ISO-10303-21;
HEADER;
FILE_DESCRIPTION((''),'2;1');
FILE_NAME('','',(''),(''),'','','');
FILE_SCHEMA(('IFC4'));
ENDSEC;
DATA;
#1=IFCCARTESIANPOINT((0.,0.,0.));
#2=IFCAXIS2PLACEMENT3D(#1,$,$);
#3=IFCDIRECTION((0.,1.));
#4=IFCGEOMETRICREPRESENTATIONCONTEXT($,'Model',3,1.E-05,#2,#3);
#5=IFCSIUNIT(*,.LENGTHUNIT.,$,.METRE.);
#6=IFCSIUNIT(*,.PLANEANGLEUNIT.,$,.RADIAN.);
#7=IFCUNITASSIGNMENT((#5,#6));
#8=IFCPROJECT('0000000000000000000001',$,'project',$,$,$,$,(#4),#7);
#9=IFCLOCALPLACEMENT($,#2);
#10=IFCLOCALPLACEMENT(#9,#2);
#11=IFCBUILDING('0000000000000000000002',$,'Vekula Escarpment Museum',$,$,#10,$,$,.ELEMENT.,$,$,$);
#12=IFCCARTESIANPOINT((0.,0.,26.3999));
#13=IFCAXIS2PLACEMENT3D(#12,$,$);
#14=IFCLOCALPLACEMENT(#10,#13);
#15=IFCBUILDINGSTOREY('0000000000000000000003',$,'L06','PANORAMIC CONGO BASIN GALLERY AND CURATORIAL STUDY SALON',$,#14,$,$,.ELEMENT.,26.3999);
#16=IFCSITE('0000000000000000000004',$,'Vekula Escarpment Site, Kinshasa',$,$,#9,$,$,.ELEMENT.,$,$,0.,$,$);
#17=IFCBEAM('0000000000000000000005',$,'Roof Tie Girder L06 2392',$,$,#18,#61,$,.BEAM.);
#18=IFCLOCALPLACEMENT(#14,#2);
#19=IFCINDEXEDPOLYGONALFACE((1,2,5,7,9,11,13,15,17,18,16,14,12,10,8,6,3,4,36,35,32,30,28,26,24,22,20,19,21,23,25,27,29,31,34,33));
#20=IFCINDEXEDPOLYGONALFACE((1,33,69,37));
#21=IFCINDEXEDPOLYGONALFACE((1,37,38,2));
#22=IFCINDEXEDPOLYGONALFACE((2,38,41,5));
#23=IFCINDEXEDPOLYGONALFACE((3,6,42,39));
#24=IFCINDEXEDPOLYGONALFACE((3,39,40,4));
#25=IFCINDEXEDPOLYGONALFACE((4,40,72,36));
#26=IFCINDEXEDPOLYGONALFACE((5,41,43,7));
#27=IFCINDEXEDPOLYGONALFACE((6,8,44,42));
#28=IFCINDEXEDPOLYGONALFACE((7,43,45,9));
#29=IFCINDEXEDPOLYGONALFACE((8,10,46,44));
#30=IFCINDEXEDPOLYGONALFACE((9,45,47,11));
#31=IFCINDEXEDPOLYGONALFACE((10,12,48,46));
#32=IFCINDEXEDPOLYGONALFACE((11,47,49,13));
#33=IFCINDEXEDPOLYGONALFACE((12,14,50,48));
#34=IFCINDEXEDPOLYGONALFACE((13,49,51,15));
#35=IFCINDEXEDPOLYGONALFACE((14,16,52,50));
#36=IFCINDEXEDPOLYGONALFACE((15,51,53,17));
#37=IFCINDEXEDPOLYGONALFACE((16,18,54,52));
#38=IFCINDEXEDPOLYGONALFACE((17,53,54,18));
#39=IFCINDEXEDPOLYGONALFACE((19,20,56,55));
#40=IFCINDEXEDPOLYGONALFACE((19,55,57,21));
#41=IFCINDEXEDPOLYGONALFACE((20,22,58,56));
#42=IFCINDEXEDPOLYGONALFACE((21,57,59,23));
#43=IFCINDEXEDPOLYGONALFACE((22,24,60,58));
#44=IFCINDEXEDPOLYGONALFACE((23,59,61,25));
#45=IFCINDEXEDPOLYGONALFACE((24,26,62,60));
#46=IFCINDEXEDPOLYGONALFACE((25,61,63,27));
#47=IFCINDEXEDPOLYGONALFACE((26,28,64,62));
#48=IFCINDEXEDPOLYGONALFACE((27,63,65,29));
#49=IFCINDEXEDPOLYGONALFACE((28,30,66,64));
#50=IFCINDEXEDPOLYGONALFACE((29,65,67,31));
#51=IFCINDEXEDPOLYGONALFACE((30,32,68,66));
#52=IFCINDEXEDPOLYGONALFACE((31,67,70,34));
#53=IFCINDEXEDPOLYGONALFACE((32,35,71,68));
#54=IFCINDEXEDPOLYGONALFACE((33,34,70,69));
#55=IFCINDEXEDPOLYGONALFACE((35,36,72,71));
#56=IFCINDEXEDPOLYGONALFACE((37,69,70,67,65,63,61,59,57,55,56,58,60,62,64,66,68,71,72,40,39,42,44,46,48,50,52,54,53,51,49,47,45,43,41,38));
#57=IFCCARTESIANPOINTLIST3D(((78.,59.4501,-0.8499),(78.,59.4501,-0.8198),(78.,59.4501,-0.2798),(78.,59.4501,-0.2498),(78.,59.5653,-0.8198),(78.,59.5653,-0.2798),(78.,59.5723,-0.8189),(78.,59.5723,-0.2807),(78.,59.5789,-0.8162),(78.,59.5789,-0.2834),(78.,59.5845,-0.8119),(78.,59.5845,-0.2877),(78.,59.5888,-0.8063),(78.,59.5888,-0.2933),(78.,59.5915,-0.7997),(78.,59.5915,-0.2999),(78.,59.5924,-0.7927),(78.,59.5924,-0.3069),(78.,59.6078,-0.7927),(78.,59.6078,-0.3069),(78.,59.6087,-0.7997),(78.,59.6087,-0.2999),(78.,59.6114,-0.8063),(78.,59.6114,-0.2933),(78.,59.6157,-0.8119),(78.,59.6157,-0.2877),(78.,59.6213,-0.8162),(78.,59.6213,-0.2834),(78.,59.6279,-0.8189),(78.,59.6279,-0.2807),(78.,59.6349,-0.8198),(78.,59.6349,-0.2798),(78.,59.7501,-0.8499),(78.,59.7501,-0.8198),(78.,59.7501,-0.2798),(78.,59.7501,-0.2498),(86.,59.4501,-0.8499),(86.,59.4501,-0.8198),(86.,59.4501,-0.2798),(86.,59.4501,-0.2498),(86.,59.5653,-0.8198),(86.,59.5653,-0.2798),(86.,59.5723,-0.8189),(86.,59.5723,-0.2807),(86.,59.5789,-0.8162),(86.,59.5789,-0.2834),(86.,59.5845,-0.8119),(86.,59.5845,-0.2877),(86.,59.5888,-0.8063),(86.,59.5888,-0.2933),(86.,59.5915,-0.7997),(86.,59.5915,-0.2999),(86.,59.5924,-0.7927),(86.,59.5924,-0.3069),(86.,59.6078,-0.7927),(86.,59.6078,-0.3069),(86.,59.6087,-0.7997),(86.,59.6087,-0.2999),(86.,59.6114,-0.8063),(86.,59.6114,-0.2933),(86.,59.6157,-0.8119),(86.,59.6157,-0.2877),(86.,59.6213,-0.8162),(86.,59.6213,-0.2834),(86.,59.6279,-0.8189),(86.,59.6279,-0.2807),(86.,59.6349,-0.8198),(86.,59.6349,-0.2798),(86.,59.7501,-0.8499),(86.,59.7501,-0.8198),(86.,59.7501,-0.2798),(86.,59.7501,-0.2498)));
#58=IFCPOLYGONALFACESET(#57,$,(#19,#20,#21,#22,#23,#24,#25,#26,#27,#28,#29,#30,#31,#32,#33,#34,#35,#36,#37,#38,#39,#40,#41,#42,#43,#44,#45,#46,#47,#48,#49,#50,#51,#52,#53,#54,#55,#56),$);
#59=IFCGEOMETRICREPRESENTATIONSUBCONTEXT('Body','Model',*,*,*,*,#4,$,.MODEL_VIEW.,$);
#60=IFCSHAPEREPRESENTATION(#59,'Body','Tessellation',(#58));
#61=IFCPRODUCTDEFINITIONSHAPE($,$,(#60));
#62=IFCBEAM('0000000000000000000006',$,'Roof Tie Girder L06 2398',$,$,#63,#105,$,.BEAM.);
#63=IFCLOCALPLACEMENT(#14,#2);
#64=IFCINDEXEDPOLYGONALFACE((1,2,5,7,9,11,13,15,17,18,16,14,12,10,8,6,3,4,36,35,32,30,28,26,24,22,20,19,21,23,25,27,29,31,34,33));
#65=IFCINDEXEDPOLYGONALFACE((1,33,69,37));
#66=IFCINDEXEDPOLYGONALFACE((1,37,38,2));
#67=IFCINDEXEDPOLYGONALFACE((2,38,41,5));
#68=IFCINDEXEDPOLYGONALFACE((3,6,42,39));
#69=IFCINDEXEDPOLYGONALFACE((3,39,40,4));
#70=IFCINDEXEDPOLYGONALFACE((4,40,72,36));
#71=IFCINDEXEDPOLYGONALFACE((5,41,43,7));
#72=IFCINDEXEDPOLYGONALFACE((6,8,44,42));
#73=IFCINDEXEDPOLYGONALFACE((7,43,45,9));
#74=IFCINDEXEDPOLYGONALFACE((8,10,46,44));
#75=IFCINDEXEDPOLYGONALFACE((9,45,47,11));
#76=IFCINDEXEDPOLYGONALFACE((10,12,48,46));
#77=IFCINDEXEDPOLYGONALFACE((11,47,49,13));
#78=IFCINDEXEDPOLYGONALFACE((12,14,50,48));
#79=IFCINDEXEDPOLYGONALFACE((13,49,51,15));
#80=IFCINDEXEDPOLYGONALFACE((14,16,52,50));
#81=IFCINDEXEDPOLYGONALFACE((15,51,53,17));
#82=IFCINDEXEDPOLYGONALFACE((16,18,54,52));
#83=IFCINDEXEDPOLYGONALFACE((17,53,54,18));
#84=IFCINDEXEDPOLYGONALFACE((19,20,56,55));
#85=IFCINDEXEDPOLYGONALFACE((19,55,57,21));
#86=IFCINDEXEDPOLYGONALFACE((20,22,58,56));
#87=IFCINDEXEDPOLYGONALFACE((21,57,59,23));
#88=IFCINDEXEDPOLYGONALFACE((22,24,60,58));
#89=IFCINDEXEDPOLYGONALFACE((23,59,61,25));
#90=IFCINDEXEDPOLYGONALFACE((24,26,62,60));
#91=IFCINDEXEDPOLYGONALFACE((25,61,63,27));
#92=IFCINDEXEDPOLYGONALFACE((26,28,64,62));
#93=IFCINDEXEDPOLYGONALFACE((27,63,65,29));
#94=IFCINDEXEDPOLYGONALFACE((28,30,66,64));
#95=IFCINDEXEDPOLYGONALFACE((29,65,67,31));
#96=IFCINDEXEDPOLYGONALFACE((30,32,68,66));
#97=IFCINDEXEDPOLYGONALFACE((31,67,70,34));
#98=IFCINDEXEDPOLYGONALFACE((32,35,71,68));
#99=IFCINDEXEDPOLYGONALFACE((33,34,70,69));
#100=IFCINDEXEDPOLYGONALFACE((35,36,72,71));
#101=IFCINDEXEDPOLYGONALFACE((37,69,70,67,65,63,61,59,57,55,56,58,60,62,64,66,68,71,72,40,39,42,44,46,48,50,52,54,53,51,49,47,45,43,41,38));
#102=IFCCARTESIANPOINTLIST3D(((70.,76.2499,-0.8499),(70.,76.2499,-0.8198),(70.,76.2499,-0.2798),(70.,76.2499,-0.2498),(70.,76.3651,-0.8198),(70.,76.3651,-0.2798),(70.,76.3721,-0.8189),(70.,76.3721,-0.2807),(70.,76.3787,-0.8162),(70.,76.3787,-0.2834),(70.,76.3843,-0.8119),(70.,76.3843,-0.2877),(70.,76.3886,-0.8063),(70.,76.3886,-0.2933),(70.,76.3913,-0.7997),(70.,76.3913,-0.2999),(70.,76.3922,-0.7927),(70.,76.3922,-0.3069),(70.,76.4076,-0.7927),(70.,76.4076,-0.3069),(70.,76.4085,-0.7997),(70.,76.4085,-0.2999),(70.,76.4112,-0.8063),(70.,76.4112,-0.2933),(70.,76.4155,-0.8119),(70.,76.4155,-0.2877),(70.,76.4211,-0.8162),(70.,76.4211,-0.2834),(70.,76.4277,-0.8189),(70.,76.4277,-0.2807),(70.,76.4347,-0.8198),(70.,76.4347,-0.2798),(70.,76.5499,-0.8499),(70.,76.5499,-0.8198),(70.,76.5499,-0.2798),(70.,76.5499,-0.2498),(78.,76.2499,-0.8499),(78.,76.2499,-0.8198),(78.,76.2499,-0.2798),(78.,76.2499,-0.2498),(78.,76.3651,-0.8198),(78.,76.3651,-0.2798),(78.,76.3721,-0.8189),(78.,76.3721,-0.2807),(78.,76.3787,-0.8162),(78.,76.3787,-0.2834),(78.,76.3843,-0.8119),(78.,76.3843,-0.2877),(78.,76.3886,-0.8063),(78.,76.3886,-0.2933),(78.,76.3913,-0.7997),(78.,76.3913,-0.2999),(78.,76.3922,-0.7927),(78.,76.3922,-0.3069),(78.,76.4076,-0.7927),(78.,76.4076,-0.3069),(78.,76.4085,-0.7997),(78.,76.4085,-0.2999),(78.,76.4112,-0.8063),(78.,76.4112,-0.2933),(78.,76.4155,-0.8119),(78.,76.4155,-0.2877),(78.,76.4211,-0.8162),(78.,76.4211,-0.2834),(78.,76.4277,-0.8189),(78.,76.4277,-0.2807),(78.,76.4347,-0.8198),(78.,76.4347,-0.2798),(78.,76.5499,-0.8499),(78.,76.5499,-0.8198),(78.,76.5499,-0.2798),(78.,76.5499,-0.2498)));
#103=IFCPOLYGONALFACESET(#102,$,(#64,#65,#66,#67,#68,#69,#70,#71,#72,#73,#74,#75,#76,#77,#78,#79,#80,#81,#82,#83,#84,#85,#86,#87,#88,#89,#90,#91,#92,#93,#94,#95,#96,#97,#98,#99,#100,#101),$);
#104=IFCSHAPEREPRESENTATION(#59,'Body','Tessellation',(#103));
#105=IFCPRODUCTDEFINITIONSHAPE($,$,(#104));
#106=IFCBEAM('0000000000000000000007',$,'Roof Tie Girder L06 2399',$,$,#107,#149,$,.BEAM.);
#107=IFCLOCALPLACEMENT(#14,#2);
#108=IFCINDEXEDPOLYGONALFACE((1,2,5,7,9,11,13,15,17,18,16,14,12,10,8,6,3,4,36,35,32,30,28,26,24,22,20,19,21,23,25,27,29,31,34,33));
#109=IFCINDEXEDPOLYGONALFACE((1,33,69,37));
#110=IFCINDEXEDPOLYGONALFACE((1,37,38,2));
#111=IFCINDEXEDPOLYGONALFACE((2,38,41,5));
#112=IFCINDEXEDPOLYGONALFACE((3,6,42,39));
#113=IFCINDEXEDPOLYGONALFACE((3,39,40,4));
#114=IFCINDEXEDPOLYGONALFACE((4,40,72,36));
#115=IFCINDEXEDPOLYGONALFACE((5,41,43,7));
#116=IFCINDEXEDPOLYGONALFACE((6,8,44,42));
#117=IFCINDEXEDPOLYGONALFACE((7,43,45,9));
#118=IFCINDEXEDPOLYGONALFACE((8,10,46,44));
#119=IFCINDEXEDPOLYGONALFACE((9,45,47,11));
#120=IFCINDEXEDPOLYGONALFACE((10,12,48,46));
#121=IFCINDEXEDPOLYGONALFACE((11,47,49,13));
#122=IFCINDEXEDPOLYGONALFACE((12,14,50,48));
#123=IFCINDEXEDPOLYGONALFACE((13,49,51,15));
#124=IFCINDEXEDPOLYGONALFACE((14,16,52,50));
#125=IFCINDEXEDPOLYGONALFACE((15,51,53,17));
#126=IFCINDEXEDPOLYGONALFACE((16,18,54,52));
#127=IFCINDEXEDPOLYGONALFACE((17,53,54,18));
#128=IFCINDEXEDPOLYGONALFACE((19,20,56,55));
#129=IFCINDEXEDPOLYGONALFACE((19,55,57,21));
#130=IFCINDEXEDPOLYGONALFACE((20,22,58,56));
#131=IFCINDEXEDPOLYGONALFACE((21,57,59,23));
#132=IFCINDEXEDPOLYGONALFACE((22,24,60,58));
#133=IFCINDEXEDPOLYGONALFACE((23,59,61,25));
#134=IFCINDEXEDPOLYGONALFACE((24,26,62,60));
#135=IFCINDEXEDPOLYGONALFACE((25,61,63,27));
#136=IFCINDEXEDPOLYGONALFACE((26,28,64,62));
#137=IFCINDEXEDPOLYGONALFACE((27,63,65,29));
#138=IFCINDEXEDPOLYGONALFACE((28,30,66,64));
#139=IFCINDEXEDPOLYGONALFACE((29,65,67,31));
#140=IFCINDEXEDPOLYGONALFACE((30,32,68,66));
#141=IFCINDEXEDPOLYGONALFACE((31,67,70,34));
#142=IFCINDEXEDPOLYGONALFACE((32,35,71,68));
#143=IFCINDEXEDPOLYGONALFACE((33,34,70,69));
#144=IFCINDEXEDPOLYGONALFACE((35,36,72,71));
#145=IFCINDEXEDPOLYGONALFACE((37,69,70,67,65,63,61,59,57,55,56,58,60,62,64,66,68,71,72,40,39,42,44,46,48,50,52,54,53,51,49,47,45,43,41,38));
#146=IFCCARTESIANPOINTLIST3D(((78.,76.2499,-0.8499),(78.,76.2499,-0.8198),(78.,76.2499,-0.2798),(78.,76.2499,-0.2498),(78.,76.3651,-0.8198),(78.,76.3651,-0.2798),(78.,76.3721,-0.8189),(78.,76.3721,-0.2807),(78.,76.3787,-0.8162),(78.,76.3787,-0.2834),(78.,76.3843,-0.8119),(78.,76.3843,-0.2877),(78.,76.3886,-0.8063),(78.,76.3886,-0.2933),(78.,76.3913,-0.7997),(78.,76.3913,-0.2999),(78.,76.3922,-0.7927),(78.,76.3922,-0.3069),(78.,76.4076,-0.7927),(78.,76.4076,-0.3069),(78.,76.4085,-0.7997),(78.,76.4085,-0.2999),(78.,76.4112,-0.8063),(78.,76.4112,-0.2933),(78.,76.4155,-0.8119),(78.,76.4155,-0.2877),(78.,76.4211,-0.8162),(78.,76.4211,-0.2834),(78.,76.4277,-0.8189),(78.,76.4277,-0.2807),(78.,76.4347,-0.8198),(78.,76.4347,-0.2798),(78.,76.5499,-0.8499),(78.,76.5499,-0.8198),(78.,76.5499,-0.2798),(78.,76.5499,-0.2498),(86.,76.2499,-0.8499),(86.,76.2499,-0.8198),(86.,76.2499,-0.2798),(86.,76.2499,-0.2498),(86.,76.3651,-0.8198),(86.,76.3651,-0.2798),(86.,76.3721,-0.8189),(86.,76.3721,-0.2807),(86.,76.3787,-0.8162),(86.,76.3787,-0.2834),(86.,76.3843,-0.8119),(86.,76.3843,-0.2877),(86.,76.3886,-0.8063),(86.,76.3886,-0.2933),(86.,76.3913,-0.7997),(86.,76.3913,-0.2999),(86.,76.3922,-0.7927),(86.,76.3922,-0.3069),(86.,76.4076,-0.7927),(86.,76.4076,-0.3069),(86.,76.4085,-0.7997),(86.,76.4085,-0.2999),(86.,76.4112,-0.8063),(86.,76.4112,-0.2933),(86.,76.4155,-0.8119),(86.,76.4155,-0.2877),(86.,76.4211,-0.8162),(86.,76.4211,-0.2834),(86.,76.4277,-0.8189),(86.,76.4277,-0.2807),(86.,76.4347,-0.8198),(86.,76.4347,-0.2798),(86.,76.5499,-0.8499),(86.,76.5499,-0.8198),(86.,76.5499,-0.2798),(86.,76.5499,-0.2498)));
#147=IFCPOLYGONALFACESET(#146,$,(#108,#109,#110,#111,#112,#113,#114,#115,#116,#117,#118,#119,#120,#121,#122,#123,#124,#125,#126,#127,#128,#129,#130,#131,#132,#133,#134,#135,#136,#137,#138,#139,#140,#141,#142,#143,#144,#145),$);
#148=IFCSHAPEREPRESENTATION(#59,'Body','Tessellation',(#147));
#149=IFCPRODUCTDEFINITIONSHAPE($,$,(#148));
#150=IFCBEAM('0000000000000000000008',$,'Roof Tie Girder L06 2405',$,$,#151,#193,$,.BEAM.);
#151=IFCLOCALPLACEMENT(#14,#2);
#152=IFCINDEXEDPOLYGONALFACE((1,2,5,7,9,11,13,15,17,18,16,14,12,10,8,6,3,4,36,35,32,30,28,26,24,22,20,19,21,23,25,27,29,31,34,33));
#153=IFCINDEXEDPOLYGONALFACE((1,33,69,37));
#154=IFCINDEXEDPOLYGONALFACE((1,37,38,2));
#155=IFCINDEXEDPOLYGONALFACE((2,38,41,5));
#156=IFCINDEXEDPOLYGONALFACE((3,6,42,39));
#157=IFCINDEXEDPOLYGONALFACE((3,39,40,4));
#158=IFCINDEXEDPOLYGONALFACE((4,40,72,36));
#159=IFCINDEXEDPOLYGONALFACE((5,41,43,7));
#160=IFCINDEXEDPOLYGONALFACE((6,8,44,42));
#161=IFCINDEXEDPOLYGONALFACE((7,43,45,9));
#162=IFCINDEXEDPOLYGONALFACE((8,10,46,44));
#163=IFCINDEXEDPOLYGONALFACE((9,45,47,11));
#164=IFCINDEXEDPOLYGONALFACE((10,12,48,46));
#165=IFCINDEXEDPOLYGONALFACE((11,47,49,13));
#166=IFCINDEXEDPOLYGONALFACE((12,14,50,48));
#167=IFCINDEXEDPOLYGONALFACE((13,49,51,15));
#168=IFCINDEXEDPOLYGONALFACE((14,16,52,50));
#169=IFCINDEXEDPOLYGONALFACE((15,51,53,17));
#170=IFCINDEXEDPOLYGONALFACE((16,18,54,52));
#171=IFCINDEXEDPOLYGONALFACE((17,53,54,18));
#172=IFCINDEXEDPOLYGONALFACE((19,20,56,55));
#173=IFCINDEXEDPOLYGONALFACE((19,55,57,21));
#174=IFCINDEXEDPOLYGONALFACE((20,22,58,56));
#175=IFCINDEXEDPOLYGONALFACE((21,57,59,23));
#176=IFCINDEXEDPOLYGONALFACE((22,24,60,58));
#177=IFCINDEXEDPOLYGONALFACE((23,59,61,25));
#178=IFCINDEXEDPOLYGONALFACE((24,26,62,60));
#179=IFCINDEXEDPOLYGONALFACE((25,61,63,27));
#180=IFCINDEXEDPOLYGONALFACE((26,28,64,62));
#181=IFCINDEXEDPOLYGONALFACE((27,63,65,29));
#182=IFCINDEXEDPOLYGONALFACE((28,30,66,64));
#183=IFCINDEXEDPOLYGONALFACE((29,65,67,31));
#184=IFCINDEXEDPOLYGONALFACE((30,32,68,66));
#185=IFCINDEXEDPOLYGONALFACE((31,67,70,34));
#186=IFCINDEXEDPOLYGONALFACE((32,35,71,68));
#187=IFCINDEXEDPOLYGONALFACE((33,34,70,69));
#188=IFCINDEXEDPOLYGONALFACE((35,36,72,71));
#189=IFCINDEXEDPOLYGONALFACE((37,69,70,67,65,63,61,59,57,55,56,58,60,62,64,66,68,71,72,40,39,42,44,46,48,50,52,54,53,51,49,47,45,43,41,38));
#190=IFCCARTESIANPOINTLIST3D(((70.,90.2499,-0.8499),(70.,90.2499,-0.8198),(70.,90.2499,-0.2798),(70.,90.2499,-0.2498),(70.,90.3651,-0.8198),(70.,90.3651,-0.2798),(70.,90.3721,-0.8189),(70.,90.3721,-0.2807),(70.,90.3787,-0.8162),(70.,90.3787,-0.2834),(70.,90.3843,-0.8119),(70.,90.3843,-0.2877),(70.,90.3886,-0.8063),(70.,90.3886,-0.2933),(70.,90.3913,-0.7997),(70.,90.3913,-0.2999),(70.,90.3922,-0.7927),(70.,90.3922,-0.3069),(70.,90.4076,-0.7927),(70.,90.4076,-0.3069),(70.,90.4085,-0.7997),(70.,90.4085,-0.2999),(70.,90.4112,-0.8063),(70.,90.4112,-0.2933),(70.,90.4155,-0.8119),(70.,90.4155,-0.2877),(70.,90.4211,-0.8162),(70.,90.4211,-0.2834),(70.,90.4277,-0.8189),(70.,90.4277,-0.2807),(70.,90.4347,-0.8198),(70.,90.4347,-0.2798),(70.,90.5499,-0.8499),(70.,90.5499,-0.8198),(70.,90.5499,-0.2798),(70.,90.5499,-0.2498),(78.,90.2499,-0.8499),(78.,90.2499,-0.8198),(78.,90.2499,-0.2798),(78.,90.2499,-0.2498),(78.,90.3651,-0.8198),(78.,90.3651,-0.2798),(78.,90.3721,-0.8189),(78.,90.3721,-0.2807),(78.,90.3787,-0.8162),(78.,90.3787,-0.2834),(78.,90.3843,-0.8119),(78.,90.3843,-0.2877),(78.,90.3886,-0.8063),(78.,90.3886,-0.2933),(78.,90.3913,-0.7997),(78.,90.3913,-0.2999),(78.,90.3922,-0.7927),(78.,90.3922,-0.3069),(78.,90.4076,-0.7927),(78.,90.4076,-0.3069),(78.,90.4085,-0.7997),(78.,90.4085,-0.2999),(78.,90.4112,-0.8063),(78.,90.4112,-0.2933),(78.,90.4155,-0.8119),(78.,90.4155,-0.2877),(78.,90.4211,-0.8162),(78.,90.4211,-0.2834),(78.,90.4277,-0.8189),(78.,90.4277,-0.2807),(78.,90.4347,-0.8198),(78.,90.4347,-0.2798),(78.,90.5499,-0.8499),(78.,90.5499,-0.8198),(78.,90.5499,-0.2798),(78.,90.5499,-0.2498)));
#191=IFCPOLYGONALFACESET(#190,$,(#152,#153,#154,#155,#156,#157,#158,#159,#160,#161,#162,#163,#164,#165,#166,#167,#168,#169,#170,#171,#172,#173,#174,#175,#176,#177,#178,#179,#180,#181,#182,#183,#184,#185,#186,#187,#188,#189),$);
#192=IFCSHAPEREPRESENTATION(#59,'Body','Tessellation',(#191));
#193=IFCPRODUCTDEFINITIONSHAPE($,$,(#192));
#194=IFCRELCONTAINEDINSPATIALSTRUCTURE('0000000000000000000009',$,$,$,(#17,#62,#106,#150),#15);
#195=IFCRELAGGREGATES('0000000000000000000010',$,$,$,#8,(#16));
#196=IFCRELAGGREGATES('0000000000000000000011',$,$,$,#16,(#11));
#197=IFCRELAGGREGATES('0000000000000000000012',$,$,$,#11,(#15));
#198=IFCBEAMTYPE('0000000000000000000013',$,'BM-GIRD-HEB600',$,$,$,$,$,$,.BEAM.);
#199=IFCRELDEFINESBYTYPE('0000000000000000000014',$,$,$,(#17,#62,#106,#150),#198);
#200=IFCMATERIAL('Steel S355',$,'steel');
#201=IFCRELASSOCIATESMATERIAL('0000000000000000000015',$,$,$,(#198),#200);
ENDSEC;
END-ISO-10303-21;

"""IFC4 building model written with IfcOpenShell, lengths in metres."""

from ifc_helpers import new_model, si_unit, direction, frame, origin, origin_2d, place, context, subcontext, project, spatial, i_section, extrude, material, material_profile, profile_set, type_object, element, save


model = new_model("IFC4")

# Units and contexts
model_context = context("Model", 3, precision=1e-05, world=origin(), true_north=direction((0.0, 1.0)))
body_context = subcontext(model_context, "Body", "Model", "MODEL_VIEW")
ifc_project = project(units=[si_unit("LENGTHUNIT", "METRE"), si_unit("PLANEANGLEUNIT", "RADIAN")], contexts=[model_context])

# Site, building, storey
site_placement = place(None, origin())
site = spatial("IfcSite", under=ifc_project, at=site_placement, Name="Vekula Escarpment Site, Kinshasa", CompositionType="ELEMENT", RefElevation=0.0)
building_placement = place(site_placement, origin())
building = spatial("IfcBuilding", under=site, at=building_placement, Name="Vekula Escarpment Museum", CompositionType="ELEMENT")
storey_placement = place(building_placement, frame((0.0, 0.0, 26.3999)))
storey = spatial("IfcBuildingStorey", under=building, at=storey_placement, Name="L06", Description="PANORAMIC CONGO BASIN GALLERY AND CURATORIAL STUDY SALON", CompositionType="ELEMENT", Elevation=26.3999)

# Beams
ifc_material_1 = material(Name="Steel S355", Category="steel")
ifc_material_profile_1 = material_profile(ifc_material_1, i_section(OverallWidth=0.3, OverallDepth=0.6001, WebThickness=0.0154, FlangeThickness=0.03, FilletRadius=0.0271, at=origin_2d()), Name="HEB 600")
ifc_profile_set_1 = profile_set([ifc_material_profile_1], Name="Steel S355")
beam_type_1 = type_object("IfcBeamType", Name="BM-GIRD-HEB600", PredefinedType="BEAM", material=ifc_profile_set_1)
for number, where, z_axis, x_axis, name in (
    (1, (78.0, 59.6001, -0.5498), (1.0, 0.0, 0.0), (0.0, 1.0, 0.0), "Roof Tie Girder L06 2392"),
    (2, (70.0, 76.3999, -0.5498), (1.0, 0.0, 0.0), (0.0, 1.0, 0.0), "Roof Tie Girder L06 2398"),
    (3, (78.0, 76.3999, -0.5498), (1.0, 0.0, 0.0), (0.0, 1.0, 0.0), "Roof Tie Girder L06 2399"),
    (4, (70.0, 90.3999, -0.5498), (1.0, 0.0, 0.0), (0.0, 1.0, 0.0), "Roof Tie Girder L06 2405"),
):
    element("IfcBeam", number, at=place(storey_placement, frame(where, z_axis=z_axis, x_axis=x_axis)), inside=storey, type_object=beam_type_1, Name=name, PredefinedType="BEAM", context=body_context, shape_type="SweptSolid", body=[
        extrude(i_section(OverallWidth=0.3, OverallDepth=0.6001, WebThickness=0.0154, FlangeThickness=0.03, FilletRadius=0.0271, at=origin_2d()), origin(), (0.0, 0.0, 1.0), 8.0),
    ])

save(model, "model.ifc")
